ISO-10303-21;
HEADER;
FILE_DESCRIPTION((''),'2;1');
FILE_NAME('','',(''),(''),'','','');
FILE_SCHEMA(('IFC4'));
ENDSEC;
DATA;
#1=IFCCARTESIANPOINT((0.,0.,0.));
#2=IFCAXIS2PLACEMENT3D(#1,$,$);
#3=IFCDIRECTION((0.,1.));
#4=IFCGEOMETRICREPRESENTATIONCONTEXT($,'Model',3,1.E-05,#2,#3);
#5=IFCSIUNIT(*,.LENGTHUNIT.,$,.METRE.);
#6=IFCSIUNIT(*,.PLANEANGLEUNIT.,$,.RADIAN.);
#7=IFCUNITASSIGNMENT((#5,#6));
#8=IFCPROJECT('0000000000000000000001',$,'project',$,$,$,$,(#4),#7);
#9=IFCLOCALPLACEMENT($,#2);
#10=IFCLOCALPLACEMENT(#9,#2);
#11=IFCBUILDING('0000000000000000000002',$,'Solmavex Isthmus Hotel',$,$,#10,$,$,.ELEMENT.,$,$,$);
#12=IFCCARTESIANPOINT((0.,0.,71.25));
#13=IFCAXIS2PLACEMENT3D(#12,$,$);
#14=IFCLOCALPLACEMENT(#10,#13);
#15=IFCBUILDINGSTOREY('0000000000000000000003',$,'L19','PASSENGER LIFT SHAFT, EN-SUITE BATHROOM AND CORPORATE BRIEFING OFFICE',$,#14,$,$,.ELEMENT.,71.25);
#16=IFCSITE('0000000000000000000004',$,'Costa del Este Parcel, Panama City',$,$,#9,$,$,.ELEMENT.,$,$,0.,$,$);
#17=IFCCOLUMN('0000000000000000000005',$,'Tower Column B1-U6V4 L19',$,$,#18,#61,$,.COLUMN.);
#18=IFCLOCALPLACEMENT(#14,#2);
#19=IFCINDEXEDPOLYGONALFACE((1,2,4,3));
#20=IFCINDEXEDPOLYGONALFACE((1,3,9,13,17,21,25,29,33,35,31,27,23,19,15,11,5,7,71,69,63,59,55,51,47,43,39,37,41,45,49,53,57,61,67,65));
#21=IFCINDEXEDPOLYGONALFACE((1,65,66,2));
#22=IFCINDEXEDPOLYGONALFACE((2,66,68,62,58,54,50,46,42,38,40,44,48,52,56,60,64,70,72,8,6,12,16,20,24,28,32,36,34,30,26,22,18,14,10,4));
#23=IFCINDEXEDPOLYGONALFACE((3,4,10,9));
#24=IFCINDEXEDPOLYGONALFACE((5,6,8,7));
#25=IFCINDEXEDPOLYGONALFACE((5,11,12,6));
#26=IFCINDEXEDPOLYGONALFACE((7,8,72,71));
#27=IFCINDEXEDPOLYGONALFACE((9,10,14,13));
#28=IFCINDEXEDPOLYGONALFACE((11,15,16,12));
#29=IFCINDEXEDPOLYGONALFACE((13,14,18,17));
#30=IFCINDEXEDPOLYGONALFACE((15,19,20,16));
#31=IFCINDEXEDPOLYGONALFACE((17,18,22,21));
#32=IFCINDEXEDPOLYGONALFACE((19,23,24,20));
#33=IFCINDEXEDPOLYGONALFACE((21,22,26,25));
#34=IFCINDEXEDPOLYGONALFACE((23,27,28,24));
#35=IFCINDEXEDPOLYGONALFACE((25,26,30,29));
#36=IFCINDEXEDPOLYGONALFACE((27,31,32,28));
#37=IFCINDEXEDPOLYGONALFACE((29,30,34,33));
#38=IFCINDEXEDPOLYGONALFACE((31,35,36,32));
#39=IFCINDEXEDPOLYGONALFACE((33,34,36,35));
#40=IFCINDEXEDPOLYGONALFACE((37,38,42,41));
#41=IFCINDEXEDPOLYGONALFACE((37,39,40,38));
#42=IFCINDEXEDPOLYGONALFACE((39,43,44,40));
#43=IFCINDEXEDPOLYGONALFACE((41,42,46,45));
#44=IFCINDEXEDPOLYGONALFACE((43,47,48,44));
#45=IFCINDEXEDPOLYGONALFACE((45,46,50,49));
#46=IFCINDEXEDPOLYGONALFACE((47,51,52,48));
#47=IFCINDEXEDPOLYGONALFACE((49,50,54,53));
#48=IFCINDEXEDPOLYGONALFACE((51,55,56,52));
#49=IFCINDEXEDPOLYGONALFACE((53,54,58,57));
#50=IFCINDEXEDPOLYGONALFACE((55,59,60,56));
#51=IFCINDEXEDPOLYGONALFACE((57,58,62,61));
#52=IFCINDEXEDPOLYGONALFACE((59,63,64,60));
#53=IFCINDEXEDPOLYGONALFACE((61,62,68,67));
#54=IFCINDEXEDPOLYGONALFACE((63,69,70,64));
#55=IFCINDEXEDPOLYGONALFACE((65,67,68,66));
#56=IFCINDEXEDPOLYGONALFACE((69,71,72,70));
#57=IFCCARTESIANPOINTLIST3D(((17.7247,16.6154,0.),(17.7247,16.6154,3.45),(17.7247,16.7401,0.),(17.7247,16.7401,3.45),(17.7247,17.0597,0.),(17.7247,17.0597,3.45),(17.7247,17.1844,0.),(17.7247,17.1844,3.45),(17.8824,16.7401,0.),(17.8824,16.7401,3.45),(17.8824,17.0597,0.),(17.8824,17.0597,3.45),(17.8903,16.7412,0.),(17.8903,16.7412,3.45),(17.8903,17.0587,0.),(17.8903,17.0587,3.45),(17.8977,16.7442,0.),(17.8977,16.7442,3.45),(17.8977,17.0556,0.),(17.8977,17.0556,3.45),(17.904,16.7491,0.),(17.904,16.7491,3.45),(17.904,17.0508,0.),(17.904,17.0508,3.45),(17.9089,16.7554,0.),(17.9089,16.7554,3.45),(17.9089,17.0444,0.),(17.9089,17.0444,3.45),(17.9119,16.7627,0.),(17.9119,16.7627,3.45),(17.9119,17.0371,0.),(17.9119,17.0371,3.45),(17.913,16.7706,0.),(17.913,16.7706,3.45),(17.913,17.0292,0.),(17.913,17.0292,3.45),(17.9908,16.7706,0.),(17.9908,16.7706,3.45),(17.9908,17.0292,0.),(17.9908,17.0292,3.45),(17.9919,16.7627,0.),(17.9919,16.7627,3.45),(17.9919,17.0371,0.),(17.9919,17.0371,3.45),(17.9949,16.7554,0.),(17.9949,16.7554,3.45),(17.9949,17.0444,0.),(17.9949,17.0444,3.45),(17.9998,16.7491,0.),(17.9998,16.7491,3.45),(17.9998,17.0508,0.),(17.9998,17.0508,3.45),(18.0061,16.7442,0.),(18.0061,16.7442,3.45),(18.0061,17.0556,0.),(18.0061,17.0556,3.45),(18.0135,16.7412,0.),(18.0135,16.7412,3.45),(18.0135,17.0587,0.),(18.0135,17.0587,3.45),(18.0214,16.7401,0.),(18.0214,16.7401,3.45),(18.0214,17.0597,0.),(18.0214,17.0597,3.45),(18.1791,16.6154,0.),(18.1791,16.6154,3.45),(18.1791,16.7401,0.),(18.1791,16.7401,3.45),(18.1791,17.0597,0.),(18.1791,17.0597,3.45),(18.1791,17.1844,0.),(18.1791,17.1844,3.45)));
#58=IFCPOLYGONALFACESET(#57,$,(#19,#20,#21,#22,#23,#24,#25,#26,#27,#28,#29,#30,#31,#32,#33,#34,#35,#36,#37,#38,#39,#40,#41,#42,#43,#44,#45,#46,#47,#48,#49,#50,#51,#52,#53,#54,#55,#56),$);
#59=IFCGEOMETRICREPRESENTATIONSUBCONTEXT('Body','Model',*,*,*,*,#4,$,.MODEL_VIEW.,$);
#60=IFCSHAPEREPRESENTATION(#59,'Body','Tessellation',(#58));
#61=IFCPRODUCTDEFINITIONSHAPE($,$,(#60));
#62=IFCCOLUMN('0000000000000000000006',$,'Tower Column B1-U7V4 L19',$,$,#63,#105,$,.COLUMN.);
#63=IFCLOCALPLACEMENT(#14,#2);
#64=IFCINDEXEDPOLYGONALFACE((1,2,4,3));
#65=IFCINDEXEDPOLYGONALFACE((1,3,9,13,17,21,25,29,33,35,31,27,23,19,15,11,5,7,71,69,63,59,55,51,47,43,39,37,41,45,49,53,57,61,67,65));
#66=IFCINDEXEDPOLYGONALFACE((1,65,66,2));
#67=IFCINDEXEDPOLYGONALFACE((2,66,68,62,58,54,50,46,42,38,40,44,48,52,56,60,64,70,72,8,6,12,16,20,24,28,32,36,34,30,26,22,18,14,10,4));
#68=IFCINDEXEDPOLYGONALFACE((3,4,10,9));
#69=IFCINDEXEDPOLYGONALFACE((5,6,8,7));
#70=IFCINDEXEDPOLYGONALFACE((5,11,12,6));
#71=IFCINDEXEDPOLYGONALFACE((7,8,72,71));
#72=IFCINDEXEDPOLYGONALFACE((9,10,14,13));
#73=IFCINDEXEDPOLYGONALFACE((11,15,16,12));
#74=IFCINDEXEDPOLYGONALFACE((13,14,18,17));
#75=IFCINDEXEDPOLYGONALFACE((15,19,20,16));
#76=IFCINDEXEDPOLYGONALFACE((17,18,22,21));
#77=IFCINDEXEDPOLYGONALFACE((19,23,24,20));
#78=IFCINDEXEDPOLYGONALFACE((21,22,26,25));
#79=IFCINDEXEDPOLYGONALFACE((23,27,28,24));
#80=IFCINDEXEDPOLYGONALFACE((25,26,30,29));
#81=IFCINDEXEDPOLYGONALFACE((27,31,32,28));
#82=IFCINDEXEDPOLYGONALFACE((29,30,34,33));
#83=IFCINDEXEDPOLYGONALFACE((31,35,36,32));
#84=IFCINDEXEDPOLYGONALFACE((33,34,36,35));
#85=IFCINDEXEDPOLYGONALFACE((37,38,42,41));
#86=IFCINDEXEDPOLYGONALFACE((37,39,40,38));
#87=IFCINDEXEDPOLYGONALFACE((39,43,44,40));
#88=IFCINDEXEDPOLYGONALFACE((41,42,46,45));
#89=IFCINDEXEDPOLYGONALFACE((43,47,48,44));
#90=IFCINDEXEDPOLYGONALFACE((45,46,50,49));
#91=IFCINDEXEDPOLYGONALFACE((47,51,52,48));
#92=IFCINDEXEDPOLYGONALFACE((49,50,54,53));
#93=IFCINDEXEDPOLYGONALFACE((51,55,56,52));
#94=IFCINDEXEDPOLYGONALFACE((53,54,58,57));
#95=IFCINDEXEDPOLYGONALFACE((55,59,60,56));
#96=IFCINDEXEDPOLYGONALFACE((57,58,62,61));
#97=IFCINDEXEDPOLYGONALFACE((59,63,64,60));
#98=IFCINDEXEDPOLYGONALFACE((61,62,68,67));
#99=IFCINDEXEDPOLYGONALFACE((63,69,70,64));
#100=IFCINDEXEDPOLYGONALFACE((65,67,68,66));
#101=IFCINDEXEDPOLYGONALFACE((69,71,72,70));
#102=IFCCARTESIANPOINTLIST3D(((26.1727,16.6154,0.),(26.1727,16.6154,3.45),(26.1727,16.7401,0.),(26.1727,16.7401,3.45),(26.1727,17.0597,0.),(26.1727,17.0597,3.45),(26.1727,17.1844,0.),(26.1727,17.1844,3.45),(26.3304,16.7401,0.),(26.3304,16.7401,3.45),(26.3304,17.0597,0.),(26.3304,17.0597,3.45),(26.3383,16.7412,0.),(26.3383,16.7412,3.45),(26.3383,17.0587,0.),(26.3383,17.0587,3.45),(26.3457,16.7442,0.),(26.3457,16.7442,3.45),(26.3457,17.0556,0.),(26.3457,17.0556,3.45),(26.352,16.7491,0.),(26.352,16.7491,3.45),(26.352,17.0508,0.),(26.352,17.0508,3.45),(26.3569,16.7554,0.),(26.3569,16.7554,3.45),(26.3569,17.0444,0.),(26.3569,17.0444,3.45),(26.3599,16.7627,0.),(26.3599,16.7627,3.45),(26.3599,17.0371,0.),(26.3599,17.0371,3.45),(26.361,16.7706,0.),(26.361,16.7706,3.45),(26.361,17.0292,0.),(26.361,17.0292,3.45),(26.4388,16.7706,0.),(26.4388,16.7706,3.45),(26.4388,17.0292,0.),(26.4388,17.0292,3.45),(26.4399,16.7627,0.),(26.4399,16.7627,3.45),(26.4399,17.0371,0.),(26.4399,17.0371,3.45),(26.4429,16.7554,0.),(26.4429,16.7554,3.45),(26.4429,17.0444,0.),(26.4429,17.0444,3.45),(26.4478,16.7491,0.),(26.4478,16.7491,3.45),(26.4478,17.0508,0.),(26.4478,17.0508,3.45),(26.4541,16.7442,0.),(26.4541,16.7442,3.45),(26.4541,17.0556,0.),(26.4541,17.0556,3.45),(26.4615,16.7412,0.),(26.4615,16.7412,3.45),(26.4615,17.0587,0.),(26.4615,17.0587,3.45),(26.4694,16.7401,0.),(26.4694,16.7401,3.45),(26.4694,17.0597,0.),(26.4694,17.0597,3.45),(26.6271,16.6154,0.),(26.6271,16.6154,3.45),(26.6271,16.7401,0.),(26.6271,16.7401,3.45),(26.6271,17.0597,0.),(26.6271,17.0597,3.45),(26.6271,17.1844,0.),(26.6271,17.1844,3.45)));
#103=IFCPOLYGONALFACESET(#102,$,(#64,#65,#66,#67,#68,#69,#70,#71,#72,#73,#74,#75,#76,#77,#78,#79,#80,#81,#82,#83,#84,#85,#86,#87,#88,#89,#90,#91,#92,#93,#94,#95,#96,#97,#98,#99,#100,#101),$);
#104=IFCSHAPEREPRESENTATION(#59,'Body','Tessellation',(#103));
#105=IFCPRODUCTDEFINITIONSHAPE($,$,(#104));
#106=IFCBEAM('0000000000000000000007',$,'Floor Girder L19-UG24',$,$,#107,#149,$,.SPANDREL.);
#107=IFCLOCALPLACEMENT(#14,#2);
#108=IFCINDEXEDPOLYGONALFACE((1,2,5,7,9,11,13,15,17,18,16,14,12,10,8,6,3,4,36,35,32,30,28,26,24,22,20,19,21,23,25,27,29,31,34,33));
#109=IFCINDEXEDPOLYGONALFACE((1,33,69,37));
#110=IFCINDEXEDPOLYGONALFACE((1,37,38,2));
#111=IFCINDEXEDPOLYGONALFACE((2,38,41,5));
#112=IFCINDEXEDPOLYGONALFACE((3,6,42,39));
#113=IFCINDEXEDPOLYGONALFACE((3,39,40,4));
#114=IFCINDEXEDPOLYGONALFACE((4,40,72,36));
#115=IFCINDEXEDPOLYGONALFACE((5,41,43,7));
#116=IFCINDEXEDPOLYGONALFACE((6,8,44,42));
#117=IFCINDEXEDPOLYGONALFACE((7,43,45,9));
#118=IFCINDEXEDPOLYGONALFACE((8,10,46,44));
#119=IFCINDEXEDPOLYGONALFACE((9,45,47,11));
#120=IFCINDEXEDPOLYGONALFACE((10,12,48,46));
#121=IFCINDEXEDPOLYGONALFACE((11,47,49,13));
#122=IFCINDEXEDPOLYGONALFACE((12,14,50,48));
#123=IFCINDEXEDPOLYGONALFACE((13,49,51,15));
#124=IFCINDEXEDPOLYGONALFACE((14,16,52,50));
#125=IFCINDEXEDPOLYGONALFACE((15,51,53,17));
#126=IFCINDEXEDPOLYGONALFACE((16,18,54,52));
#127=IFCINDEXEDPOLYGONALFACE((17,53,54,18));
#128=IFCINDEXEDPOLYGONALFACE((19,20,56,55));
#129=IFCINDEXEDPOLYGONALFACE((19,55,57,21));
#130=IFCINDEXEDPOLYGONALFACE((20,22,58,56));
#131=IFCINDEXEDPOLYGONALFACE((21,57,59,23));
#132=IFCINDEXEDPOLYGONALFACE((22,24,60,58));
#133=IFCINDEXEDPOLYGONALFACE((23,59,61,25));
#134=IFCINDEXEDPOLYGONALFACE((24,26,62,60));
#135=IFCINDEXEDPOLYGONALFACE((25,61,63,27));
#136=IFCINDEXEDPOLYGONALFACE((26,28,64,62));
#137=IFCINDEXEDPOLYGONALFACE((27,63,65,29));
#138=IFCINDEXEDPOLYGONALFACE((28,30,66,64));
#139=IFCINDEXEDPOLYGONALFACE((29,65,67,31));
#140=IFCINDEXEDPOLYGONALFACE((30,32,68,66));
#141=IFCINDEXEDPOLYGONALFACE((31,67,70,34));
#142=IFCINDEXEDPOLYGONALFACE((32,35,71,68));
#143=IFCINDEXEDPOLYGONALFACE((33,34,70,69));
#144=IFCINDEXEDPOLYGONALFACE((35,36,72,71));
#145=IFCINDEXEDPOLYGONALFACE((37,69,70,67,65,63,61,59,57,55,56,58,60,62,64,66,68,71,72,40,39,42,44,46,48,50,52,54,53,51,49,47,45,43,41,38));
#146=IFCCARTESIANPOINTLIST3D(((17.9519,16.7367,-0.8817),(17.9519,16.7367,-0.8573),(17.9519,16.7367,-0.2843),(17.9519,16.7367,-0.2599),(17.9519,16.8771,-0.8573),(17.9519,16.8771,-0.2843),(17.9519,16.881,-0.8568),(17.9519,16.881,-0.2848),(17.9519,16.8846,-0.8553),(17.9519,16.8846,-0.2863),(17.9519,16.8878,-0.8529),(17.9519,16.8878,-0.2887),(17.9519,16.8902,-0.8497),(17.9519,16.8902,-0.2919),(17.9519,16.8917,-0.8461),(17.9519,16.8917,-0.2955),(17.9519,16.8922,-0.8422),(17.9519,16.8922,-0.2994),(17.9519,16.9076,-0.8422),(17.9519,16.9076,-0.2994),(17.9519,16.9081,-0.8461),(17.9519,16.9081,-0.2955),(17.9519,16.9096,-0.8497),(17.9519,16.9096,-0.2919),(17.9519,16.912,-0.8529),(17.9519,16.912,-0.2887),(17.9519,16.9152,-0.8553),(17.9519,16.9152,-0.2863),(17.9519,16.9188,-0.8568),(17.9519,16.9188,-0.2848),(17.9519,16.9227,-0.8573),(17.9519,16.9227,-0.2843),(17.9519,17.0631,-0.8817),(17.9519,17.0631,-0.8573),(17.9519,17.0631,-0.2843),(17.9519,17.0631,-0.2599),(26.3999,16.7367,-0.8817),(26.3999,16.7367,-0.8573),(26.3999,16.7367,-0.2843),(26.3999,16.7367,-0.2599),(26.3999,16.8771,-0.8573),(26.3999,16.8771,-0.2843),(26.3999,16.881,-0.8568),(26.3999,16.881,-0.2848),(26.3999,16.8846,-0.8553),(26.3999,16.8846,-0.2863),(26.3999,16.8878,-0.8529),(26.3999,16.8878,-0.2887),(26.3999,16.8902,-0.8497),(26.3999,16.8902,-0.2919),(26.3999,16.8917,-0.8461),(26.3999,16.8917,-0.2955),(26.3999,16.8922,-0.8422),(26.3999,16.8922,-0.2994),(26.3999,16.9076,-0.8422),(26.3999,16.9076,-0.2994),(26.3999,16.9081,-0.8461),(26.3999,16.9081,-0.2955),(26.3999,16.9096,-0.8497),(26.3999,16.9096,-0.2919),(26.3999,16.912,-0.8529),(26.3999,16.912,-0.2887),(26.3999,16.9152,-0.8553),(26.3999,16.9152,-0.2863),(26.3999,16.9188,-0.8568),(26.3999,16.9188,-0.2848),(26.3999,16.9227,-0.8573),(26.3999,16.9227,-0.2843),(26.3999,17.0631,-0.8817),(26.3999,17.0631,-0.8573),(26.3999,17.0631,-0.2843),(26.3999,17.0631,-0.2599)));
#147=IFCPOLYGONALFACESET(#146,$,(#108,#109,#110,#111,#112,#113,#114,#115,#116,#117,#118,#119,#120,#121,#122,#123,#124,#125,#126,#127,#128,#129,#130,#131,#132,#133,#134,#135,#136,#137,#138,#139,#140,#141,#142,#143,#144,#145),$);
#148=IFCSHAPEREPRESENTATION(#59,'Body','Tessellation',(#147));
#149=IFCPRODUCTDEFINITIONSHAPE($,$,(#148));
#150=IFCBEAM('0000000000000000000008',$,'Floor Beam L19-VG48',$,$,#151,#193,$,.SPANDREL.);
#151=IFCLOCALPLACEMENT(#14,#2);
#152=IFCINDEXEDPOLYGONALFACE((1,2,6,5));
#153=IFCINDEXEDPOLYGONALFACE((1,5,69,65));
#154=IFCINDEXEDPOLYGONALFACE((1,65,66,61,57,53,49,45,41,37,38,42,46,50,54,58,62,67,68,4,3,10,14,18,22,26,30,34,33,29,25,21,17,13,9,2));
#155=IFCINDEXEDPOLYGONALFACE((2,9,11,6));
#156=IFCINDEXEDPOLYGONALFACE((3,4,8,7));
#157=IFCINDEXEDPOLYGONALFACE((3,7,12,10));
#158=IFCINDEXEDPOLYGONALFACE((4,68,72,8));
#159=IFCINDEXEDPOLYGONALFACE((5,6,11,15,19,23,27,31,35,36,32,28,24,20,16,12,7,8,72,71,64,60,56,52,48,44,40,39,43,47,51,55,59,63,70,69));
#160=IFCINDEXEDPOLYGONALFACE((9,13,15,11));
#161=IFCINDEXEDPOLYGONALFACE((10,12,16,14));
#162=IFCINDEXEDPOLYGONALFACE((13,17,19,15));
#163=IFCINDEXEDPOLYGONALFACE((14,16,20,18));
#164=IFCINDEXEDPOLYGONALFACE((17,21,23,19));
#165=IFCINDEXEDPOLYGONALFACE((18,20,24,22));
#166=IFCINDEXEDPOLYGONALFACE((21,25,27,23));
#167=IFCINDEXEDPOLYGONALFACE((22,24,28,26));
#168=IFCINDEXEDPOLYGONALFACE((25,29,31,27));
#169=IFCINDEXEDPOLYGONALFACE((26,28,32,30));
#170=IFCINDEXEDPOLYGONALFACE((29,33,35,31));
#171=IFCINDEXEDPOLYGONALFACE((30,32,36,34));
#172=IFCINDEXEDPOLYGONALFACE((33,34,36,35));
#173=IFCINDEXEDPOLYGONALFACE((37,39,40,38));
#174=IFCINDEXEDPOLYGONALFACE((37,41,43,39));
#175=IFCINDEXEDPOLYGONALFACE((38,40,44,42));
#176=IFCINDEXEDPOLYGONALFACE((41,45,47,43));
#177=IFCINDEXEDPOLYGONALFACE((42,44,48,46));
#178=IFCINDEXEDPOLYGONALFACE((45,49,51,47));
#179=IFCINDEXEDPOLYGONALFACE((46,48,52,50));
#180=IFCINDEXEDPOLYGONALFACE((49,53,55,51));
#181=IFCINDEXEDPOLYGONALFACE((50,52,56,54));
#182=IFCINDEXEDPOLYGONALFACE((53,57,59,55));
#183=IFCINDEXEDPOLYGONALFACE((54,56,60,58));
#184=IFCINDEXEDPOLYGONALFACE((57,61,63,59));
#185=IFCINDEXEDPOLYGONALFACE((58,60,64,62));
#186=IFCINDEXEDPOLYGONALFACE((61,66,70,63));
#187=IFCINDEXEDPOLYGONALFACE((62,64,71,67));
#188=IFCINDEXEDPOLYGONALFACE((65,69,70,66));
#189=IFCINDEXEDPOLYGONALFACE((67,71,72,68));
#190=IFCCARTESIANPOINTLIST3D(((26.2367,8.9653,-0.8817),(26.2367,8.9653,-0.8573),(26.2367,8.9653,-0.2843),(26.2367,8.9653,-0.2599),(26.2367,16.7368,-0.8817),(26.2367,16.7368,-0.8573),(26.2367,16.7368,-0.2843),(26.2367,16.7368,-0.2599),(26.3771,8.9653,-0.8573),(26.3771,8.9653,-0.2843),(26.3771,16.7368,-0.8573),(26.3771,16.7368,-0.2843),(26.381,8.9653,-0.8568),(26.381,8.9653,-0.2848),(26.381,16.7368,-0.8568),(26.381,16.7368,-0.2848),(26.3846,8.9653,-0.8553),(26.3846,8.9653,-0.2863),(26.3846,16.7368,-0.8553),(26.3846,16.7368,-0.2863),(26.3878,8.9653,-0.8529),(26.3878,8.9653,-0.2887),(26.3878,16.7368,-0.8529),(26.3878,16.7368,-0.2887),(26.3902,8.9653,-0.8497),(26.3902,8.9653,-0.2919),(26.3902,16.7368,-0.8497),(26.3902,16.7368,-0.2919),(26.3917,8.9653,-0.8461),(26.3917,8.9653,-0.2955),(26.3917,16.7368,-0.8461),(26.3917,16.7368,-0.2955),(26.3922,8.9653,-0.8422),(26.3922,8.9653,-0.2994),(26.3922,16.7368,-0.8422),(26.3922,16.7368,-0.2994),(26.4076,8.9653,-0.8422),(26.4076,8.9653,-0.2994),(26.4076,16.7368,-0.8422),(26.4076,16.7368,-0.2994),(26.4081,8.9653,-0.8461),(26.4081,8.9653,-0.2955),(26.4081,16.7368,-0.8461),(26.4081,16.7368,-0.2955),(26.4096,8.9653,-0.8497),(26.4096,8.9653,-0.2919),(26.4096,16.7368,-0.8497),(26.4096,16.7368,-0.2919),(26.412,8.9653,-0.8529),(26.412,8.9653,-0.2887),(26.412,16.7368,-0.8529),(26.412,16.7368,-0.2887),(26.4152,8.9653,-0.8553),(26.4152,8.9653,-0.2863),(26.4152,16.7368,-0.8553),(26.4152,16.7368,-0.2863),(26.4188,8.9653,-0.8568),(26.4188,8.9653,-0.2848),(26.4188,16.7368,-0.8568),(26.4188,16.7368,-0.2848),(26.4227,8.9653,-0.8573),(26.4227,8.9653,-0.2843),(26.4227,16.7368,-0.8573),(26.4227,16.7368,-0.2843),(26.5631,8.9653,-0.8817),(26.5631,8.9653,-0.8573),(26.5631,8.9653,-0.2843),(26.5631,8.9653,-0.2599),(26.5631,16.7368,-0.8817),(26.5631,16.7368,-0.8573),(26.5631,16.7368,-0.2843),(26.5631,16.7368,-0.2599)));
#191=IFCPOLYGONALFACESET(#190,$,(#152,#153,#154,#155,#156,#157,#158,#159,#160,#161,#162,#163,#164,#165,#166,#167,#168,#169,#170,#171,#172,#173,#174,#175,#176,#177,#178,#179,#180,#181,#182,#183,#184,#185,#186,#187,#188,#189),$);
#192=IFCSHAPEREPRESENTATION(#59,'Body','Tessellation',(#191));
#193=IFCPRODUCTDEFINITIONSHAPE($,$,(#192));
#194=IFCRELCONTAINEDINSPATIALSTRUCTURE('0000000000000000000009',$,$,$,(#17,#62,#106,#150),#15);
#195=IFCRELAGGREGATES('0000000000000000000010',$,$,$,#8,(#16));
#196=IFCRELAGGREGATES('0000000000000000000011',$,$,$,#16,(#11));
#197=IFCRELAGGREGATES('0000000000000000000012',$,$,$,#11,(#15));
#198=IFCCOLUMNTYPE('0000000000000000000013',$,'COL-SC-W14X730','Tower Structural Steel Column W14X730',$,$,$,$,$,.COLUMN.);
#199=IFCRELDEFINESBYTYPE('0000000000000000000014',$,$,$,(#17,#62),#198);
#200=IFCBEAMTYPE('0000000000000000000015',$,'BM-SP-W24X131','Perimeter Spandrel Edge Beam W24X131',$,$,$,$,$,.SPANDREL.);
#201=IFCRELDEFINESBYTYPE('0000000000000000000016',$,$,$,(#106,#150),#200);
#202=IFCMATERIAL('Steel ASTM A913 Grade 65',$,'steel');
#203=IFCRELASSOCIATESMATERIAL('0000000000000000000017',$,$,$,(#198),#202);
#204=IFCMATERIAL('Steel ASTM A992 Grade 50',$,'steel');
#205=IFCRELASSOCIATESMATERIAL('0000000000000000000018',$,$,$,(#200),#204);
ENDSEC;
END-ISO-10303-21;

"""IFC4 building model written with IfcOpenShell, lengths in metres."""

from ifc_helpers import new_model, si_unit, direction, frame, origin, origin_2d, place, context, subcontext, project, spatial, i_section, extrude, material, material_profile, profile_set, type_object, element, save


model = new_model("IFC4")

# Units and contexts
model_context = context("Model", 3, precision=1e-05, world=origin(), true_north=direction((0.0, 1.0)))
body_context = subcontext(model_context, "Body", "Model", "MODEL_VIEW")
ifc_project = project(units=[si_unit("LENGTHUNIT", "METRE"), si_unit("PLANEANGLEUNIT", "RADIAN")], contexts=[model_context])

# Site, building, storey
site_placement = place(None, origin())
site = spatial("IfcSite", under=ifc_project, at=site_placement, Name="Costa del Este Parcel, Panama City", CompositionType="ELEMENT", RefElevation=0.0)
building_placement = place(site_placement, origin())
building = spatial("IfcBuilding", under=site, at=building_placement, Name="Solmavex Isthmus Hotel", CompositionType="ELEMENT")
storey_placement = place(building_placement, frame((0.0, 0.0, 71.25)))
storey = spatial("IfcBuildingStorey", under=building, at=storey_placement, Name="L19", Description="PASSENGER LIFT SHAFT, EN-SUITE BATHROOM AND CORPORATE BRIEFING OFFICE", CompositionType="ELEMENT", Elevation=71.25)

# Columns
ifc_material_1 = material(Name="Steel ASTM A913 Grade 65", Category="steel")
ifc_material_profile_1 = material_profile(ifc_material_1, i_section(OverallWidth=0.4543, OverallDepth=0.5691, WebThickness=0.0779, FlangeThickness=0.1248, FilletRadius=0.0305, at=origin_2d()), Name="W14X730")
ifc_profile_set_1 = profile_set([ifc_material_profile_1], Name="Steel ASTM A913 Grade 65")
column_type = type_object("IfcColumnType", Name="COL-SC-W14X730", Description="Tower Structural Steel Column W14X730", PredefinedType="COLUMN", material=ifc_profile_set_1)
for number, where, z_axis, x_axis, name in (
    (1, (17.9519, 16.8999, 0.0), (0.0, 0.0, 1.0), (1.0, 0.0, 0.0), "Tower Column B1-U6V4 L19"),
    (2, (26.3999, 16.8999, 0.0), (0.0, 0.0, 1.0), (1.0, 0.0, 0.0), "Tower Column B1-U7V4 L19"),
):
    element("IfcColumn", number, at=place(storey_placement, frame(where, z_axis=z_axis, x_axis=x_axis)), inside=storey, type_object=column_type, Name=name, PredefinedType="COLUMN", context=body_context, shape_type="SweptSolid", body=[
        extrude(i_section(OverallWidth=0.4543, OverallDepth=0.5691, WebThickness=0.0779, FlangeThickness=0.1248, FilletRadius=0.0305, at=origin_2d()), origin(), (0.0, 0.0, 1.0), 3.45),
    ])

# Beams
ifc_material_2 = material(Name="Steel ASTM A992 Grade 50", Category="steel")
ifc_material_profile_2 = material_profile(ifc_material_2, i_section(OverallWidth=0.3264, OverallDepth=0.6218, WebThickness=0.0154, FlangeThickness=0.0244, FilletRadius=0.0151, at=origin_2d()), Name="W24X131")
ifc_profile_set_2 = profile_set([ifc_material_profile_2], Name="Steel ASTM A992 Grade 50")
beam_type = type_object("IfcBeamType", Name="BM-SP-W24X131", Description="Perimeter Spandrel Edge Beam W24X131", PredefinedType="SPANDREL", material=ifc_profile_set_2)
beam_1_placement = place(storey_placement, frame((17.9519, 16.8999, -0.5708), z_axis=(1.0, 0.0, 0.0), x_axis=(0.0, 1.0, 0.0)))
element("IfcBeam", 3, at=beam_1_placement, inside=storey, type_object=beam_type, Name="Floor Girder L19-UG24", PredefinedType="SPANDREL", context=body_context, shape_type="SweptSolid", body=[
    extrude(i_section(OverallWidth=0.3264, OverallDepth=0.6218, WebThickness=0.0154, FlangeThickness=0.0244, FilletRadius=0.0151, at=origin_2d()), origin(), (0.0, 0.0, 1.0), 8.448),
])
beam_2_placement = place(storey_placement, frame((26.3999, 8.9653, -0.5708), z_axis=(0.0, 1.0, 0.0), x_axis=(-1.0, 0.0, 0.0)))
element("IfcBeam", 4, at=beam_2_placement, inside=storey, type_object=beam_type, Name="Floor Beam L19-VG48", PredefinedType="SPANDREL", context=body_context, shape_type="SweptSolid", body=[
    extrude(i_section(OverallWidth=0.3264, OverallDepth=0.6218, WebThickness=0.0154, FlangeThickness=0.0244, FilletRadius=0.0151, at=origin_2d()), origin(), (0.0, 0.0, 1.0), 7.7715),
])

save(model, "model.ifc")
